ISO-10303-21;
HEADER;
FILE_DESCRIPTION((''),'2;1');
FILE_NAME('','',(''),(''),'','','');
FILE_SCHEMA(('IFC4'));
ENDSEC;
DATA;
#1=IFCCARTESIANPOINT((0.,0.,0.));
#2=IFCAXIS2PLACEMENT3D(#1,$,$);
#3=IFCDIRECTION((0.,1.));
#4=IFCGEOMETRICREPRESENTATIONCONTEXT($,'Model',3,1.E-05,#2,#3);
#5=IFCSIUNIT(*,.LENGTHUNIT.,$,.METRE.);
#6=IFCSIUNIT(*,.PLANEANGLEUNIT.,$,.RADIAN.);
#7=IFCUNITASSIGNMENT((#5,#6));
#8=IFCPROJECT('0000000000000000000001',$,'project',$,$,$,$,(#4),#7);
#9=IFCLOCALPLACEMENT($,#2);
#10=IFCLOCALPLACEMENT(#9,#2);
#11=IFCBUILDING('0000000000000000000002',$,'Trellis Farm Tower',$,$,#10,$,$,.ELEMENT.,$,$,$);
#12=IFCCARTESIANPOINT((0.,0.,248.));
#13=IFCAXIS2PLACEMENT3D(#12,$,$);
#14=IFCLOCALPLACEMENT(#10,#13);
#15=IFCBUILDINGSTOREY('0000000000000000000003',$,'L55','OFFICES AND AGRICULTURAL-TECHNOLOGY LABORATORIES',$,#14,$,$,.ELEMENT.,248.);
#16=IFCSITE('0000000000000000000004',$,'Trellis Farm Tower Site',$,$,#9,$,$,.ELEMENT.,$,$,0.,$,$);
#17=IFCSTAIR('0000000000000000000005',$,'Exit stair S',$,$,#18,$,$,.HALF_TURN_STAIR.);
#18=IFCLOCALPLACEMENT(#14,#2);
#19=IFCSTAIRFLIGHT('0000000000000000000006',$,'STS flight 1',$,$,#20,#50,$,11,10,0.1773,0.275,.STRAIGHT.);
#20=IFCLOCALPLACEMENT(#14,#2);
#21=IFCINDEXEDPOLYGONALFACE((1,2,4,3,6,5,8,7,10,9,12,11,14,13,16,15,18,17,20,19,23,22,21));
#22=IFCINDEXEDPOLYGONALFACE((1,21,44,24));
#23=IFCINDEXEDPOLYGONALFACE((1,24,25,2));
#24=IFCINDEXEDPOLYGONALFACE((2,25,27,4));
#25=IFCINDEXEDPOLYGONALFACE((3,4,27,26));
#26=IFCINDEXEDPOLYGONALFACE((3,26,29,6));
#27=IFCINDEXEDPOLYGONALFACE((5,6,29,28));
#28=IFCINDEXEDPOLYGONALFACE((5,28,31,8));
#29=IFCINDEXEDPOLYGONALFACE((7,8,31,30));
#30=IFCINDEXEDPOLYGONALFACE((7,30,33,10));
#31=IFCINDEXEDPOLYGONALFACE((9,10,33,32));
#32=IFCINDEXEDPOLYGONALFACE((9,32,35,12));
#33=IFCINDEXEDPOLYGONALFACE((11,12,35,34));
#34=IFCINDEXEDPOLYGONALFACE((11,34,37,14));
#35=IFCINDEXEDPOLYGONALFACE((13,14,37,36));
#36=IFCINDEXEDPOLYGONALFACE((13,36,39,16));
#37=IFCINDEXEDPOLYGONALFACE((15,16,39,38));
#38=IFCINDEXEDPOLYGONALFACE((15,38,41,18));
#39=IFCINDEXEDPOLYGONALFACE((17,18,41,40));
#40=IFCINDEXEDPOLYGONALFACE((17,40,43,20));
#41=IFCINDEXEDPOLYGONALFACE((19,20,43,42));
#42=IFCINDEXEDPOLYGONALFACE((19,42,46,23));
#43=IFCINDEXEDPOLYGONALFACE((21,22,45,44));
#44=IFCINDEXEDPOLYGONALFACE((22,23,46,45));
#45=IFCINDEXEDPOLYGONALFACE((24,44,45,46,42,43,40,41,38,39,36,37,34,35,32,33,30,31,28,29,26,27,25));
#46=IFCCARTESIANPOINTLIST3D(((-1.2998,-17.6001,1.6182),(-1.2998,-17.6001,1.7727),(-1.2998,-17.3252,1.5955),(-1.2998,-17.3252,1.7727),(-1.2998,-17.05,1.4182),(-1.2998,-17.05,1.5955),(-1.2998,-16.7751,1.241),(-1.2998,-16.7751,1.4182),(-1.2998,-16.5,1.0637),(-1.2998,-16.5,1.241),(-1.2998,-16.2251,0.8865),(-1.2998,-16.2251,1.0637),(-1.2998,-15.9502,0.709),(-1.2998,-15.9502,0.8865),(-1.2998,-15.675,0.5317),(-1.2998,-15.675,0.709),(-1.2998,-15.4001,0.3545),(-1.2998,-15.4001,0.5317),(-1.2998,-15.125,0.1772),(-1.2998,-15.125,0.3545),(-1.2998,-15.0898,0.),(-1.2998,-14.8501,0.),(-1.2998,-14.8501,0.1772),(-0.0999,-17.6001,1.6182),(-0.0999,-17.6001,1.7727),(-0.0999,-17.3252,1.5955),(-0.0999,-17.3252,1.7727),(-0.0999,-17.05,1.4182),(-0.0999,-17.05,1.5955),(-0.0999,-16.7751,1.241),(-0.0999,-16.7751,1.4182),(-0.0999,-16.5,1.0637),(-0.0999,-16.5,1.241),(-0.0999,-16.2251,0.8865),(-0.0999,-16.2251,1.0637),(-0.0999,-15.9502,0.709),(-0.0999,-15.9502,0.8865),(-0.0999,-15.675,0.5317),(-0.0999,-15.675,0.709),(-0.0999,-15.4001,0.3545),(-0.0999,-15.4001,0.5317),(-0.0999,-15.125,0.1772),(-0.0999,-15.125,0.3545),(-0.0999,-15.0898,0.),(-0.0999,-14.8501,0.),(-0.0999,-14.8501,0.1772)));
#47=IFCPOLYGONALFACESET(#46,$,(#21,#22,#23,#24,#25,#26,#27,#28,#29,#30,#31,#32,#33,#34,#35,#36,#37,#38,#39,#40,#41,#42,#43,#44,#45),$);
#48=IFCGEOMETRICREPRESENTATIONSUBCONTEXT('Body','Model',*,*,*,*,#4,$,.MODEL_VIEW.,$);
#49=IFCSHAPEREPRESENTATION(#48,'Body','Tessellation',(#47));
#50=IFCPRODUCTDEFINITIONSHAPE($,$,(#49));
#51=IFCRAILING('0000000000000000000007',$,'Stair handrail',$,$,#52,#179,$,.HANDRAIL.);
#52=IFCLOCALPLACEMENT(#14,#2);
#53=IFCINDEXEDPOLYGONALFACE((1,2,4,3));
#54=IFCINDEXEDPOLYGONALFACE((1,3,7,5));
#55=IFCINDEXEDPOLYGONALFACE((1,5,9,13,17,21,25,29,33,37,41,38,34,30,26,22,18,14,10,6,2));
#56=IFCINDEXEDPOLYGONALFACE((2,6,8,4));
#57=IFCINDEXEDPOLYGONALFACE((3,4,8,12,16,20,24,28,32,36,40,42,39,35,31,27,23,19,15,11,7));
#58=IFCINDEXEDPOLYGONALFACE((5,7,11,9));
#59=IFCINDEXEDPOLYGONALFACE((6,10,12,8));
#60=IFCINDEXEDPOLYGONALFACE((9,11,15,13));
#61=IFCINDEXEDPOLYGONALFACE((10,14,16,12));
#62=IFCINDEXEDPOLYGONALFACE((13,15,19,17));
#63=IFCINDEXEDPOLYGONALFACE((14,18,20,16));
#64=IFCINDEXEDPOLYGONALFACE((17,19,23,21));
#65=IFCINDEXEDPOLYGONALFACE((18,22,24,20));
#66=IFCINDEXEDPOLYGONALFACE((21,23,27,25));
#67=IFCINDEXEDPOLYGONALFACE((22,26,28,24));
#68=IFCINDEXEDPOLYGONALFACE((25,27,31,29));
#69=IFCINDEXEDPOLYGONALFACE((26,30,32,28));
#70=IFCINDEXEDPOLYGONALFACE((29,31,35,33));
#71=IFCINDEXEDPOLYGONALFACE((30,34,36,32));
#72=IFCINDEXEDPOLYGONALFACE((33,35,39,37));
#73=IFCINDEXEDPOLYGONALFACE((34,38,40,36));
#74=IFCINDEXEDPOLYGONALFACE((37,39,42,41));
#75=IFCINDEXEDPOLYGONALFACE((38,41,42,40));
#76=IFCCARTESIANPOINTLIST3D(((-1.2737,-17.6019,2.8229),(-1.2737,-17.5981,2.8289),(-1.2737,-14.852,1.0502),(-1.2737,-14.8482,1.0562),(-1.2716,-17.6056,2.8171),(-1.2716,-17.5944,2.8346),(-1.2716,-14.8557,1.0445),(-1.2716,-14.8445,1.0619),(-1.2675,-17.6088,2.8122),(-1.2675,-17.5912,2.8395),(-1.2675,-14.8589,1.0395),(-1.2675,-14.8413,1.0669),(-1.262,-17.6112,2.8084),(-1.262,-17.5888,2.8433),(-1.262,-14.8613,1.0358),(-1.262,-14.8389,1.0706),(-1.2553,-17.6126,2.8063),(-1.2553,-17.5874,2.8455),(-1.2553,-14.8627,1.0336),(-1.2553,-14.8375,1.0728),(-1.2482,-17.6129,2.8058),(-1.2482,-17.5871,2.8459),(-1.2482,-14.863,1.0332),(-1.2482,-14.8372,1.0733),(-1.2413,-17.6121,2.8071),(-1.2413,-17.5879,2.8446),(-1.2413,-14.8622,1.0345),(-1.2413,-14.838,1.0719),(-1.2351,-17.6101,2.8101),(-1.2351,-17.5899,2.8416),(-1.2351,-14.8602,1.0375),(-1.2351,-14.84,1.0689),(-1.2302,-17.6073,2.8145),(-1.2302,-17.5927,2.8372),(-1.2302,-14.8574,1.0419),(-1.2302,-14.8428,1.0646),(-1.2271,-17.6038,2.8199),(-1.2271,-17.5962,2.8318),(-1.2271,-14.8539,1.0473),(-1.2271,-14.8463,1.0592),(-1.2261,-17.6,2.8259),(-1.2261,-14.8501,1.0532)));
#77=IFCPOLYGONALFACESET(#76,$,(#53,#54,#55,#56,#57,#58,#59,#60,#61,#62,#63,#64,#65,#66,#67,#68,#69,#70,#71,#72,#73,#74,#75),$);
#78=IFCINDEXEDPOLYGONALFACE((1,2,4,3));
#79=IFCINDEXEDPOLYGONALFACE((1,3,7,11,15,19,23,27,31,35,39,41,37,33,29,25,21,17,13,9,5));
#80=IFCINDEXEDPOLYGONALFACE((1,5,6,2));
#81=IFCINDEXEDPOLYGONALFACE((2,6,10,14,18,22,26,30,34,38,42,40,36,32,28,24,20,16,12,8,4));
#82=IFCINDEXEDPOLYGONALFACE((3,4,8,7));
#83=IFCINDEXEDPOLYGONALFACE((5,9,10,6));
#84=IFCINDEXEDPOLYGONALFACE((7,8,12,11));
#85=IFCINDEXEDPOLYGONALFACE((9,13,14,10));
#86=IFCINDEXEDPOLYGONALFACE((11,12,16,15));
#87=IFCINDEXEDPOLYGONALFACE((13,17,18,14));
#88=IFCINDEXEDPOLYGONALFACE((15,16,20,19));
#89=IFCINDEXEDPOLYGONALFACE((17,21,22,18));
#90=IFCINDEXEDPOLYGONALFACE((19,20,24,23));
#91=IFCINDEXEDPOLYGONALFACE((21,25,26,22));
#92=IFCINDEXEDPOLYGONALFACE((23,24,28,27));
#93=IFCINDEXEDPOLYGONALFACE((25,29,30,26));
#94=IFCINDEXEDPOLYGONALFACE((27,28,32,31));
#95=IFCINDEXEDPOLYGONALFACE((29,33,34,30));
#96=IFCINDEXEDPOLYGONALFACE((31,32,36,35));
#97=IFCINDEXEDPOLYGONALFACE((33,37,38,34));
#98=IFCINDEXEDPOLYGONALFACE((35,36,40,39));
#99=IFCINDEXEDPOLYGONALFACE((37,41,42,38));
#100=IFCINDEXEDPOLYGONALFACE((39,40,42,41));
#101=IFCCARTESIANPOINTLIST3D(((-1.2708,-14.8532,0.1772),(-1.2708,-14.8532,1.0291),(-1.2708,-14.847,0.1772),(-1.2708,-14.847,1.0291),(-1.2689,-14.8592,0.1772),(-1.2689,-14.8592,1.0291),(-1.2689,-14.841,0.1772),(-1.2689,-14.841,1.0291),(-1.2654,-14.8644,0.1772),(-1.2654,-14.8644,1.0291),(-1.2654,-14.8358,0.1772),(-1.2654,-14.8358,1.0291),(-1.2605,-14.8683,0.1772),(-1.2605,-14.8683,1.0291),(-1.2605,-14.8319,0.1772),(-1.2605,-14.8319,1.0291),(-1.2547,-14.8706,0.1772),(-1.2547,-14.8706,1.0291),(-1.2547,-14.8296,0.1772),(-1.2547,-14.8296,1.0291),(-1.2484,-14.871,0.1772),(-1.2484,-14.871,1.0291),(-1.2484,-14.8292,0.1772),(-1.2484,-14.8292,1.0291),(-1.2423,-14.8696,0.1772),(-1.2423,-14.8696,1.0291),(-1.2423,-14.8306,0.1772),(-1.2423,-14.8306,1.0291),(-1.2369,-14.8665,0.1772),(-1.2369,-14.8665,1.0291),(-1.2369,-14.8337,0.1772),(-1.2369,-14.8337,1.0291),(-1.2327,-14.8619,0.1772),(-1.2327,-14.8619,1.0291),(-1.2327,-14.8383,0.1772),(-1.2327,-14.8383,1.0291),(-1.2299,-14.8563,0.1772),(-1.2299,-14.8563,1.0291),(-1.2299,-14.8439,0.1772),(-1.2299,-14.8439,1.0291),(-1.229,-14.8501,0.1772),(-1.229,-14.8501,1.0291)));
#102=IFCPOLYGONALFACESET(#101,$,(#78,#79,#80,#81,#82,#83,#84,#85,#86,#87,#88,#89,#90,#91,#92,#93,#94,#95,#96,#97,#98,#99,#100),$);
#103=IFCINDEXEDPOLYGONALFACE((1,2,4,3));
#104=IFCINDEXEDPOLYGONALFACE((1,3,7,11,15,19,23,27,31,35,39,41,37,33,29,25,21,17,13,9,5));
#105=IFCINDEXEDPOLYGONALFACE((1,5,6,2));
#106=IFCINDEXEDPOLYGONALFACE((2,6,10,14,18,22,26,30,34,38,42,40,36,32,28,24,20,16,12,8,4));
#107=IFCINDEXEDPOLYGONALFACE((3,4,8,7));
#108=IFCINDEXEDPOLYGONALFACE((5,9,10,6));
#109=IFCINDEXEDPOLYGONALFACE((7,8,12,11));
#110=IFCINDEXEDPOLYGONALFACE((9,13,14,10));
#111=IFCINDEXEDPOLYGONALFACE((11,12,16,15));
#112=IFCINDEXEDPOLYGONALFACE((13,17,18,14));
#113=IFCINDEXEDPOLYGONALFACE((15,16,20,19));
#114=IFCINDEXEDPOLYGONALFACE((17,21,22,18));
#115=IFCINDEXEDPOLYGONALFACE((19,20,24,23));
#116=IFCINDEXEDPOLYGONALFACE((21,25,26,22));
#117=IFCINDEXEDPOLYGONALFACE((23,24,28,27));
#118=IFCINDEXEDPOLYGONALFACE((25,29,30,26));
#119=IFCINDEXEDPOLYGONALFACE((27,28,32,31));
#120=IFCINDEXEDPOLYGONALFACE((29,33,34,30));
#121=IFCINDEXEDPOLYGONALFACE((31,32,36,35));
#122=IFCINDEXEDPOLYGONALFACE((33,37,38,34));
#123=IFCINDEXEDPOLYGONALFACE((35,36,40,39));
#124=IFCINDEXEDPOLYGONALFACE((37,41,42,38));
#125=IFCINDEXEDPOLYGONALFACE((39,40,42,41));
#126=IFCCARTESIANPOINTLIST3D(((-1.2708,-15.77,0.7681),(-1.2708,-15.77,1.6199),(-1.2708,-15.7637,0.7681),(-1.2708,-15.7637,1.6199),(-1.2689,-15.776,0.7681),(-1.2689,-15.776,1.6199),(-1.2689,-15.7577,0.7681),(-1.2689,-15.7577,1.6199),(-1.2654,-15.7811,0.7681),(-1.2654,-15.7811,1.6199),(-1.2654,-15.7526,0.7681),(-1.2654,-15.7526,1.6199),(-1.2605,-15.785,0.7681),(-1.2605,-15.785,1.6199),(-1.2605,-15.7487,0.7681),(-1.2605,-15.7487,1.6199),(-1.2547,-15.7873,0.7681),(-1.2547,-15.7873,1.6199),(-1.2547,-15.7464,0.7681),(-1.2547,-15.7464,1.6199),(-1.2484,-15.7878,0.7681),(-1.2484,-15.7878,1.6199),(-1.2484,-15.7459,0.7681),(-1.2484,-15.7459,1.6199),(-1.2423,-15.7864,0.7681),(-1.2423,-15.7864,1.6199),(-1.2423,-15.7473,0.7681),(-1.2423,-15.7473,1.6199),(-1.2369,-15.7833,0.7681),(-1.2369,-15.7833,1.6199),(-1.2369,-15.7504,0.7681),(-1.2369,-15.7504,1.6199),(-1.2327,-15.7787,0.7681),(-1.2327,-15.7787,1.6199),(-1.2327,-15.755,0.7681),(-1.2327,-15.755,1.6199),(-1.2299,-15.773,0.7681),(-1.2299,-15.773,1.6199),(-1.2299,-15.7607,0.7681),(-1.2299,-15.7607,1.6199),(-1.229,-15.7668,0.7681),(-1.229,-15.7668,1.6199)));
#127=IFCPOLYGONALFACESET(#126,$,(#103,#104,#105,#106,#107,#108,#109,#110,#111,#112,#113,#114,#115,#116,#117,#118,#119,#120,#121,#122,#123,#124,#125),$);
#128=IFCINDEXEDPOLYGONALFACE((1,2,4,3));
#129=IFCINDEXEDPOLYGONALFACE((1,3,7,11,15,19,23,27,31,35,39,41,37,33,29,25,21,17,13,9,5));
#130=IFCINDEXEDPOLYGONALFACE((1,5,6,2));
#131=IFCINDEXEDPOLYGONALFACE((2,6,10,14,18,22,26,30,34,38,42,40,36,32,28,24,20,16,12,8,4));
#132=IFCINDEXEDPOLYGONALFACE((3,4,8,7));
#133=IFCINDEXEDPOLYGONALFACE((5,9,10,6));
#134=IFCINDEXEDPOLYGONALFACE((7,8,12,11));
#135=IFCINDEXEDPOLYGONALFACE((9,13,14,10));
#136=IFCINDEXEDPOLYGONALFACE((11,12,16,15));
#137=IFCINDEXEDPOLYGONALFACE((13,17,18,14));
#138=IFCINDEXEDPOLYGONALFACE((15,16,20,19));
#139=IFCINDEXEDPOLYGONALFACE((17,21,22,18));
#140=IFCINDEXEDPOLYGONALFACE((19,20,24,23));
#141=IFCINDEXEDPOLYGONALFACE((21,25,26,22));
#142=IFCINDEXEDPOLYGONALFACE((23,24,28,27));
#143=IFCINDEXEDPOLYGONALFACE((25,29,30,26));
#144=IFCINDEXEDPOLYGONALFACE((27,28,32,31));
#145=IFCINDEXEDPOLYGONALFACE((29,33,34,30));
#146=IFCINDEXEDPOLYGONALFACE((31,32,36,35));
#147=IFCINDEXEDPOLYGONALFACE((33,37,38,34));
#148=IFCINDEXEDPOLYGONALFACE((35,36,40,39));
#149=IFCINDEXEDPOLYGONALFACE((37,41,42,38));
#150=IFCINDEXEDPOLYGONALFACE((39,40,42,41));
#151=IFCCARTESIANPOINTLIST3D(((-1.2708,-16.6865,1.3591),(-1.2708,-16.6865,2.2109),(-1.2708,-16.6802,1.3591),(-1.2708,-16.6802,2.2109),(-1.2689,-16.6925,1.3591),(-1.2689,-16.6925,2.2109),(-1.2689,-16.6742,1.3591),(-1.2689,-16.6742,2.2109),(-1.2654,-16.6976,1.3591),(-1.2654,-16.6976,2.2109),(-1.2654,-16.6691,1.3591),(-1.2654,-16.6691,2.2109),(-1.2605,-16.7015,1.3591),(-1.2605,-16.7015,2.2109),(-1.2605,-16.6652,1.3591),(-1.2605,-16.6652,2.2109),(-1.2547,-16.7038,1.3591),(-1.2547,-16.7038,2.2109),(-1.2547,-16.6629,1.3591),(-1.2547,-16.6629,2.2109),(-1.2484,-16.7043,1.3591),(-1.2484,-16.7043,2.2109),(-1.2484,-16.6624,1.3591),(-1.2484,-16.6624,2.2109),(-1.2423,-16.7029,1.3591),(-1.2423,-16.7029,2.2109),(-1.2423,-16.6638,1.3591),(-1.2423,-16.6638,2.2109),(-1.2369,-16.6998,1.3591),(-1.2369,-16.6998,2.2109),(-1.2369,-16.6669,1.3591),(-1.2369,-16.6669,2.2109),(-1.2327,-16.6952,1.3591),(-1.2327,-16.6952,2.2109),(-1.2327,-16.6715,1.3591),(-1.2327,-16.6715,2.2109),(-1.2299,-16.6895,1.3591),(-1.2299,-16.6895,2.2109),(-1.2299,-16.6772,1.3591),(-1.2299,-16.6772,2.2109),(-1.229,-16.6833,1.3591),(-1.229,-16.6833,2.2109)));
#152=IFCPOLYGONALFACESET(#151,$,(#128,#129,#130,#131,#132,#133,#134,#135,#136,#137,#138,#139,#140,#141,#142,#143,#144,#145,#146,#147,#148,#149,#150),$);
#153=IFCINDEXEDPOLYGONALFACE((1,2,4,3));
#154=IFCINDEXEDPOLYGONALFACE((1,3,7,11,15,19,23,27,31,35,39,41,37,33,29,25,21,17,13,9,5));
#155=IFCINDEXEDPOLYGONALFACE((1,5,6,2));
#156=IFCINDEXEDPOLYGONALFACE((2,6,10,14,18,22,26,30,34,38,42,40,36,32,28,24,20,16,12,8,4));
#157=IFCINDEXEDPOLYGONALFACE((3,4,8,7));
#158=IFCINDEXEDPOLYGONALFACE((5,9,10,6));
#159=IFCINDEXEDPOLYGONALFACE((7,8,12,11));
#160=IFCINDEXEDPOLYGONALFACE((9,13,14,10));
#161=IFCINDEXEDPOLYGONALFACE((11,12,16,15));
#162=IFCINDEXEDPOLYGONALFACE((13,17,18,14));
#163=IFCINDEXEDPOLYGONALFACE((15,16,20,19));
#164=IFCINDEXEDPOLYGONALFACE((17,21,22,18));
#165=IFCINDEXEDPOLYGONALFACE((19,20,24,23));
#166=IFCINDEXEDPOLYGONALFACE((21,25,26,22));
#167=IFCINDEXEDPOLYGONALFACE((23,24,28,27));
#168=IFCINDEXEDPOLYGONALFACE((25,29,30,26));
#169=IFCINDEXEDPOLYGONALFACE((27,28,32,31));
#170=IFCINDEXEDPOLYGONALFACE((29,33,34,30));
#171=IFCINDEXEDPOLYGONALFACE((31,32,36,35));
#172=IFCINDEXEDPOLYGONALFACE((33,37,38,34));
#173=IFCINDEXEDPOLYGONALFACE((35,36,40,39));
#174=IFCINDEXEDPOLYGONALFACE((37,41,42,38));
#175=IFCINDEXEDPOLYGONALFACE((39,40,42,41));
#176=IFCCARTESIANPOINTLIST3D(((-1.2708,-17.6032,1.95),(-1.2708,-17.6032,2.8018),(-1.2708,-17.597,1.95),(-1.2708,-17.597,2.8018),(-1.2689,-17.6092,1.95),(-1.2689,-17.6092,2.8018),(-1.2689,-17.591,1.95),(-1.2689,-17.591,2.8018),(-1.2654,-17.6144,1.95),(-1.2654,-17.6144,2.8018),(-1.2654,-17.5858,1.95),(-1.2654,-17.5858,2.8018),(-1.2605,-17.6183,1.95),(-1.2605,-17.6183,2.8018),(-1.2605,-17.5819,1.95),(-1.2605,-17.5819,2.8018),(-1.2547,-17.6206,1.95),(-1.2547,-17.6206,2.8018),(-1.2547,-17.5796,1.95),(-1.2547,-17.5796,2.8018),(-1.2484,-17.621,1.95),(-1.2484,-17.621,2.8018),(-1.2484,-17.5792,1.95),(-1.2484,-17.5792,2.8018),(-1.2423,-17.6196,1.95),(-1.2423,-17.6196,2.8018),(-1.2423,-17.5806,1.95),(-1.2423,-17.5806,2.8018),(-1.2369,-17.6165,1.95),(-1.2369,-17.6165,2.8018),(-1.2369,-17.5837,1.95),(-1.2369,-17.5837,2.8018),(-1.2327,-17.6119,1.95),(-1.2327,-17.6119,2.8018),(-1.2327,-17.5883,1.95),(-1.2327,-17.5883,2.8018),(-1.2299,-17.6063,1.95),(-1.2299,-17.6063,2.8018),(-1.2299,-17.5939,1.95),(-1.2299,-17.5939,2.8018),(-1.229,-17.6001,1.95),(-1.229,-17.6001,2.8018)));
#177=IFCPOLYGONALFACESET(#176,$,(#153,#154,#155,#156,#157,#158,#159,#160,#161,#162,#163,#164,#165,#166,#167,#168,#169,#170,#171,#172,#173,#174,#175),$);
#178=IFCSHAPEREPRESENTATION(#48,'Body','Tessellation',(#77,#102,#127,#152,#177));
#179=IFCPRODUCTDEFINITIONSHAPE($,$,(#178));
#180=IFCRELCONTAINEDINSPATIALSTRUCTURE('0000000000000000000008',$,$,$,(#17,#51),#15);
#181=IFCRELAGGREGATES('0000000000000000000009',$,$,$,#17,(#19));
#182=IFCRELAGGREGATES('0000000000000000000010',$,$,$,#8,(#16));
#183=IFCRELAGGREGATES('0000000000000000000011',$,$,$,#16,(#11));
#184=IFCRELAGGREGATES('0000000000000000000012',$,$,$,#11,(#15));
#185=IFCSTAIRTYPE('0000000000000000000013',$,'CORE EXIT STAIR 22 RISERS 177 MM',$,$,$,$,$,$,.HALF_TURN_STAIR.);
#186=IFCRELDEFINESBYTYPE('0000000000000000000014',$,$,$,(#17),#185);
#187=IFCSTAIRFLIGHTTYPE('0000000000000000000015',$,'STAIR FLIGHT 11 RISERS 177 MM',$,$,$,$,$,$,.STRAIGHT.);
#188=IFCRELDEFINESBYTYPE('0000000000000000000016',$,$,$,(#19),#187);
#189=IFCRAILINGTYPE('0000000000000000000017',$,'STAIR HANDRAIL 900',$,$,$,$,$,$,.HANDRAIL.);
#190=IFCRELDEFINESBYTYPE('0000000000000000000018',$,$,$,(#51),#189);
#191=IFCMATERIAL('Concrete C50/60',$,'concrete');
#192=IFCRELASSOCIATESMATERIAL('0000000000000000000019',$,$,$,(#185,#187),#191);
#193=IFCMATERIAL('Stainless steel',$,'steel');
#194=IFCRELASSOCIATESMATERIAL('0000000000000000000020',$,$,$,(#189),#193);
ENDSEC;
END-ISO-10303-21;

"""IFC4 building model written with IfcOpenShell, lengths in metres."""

from ifc_helpers import new_model, si_unit, direction, frame, origin, origin_2d, place, context, subcontext, project, spatial, polyline, circle, outline, extrude, source, transform, mapped, material, type_object, element, aggregate, save


model = new_model("IFC4")

# Units and contexts
model_context = context("Model", 3, precision=1e-05, world=origin(), true_north=direction((0.0, 1.0)))
body_context = subcontext(model_context, "Body", "Model", "MODEL_VIEW")
ifc_project = project(units=[si_unit("LENGTHUNIT", "METRE"), si_unit("PLANEANGLEUNIT", "RADIAN")], contexts=[model_context])

# Site, building, storey
site_placement = place(None, origin())
site = spatial("IfcSite", under=ifc_project, at=site_placement, Name="Trellis Farm Tower Site", CompositionType="ELEMENT", RefElevation=0.0)
building_placement = place(site_placement, origin())
building = spatial("IfcBuilding", under=site, at=building_placement, Name="Trellis Farm Tower", CompositionType="ELEMENT")
storey_placement = place(building_placement, frame((0.0, 0.0, 248.0)))
storey = spatial("IfcBuildingStorey", under=building, at=storey_placement, Name="L55", Description="OFFICES AND AGRICULTURAL-TECHNOLOGY LABORATORIES", CompositionType="ELEMENT", Elevation=248.0)

# Shared definitions
placement_1 = place(storey_placement, origin())

# Stair
ifc_material_1 = material(Name="Concrete C50/60", Category="concrete")
stair_type = type_object("IfcStairType", Name="CORE EXIT STAIR 22 RISERS 177 MM", PredefinedType="HALF_TURN_STAIR", material=ifc_material_1)
stair_1 = element("IfcStair", 1, at=placement_1, inside=storey, type_object=stair_type, Name="Exit stair S", PredefinedType="HALF_TURN_STAIR")

# Stair flight
stair_flight_type = type_object("IfcStairFlightType", Name="STAIR FLIGHT 11 RISERS 177 MM", PredefinedType="STRAIGHT", material=ifc_material_1)
shared_shape_1 = source(origin(), body_context, "Body", "SweptSolid", [
    extrude(outline(polyline([(0.0, 0.0), (0.0, 0.1772), (0.2749, 0.1772), (0.2749, 0.3545), (0.55, 0.3545), (0.55, 0.5317), (0.825, 0.5317), (0.825, 0.709), (1.1001, 0.709), (1.1001, 0.8865), (1.375, 0.8865), (1.375, 1.0637), (1.6499, 1.0637), (1.6499, 1.241), (1.925, 1.241), (1.925, 1.4182), (2.2, 1.4182), (2.2, 1.5955), (2.4751, 1.5955), (2.4751, 1.7727), (2.75, 1.7727), (2.75, 1.95), (2.75, 1.6182), (0.2397, 0.0), (0.0, 0.0)])), frame((0.0, 0.6001, 0.0), z_axis=(0.0, -1.0, 0.0), x_axis=(1.0, 0.0, 0.0)), (0.0, 0.0, 1.0), 1.2),
])
stair_flight_placement = place(storey_placement, frame((-0.7, -14.8501, 0.0), z_axis=(0.0, 0.0, 1.0), x_axis=(0.0, -1.0, 0.0)))
stair_flight = element("IfcStairFlight", 2, at=stair_flight_placement, type_object=stair_flight_type, Name="STS flight 1", NumberOfRisers=11, NumberOfTreads=10, PredefinedType="STRAIGHT", RiserHeight=0.1773, TreadLength=0.275, context=body_context, shape_type="MappedRepresentation", body=[
    mapped(shared_shape_1, transform((0.0, 0.0, 0.0))),
])
aggregate(stair_1, [stair_flight])

# Railing
ifc_material_2 = material(Name="Stainless steel", Category="steel")
railing_type = type_object("IfcRailingType", Name="STAIR HANDRAIL 900", PredefinedType="HANDRAIL", material=ifc_material_2)
shared_shape_2 = source(origin(), body_context, "Body", "SweptSolid", [
    extrude(circle(Radius=0.0239, at=origin_2d()), frame((0.0, 0.0, 0.876), z_axis=(0.0, -0.840504, 0.541806), x_axis=(1.0, 0.0, 0.0)), (0.0, 0.0, 1.0), 3.2717),
    extrude(circle(Radius=0.021, at=origin_2d()), origin(), (0.0, 0.0, 1.0), 0.8518),
    extrude(circle(Radius=0.021, at=origin_2d()), frame((0.0, -0.9167, 0.5908)), (0.0, 0.0, 1.0), 0.8518),
    extrude(circle(Radius=0.021, at=origin_2d()), frame((0.0, -1.8333, 1.1819)), (0.0, 0.0, 1.0), 0.8518),
    extrude(circle(Radius=0.021, at=origin_2d()), frame((0.0, -2.75, 1.7727)), (0.0, 0.0, 1.0), 0.8518),
])
railing_placement = place(storey_placement, frame((-1.25, -14.8501, 0.1772)))
element("IfcRailing", 3, at=railing_placement, inside=storey, type_object=railing_type, Name="Stair handrail", PredefinedType="HANDRAIL", context=body_context, shape_type="MappedRepresentation", body=[
    mapped(shared_shape_2, transform((0.0, 0.0, 0.0))),
])

save(model, "model.ifc")
